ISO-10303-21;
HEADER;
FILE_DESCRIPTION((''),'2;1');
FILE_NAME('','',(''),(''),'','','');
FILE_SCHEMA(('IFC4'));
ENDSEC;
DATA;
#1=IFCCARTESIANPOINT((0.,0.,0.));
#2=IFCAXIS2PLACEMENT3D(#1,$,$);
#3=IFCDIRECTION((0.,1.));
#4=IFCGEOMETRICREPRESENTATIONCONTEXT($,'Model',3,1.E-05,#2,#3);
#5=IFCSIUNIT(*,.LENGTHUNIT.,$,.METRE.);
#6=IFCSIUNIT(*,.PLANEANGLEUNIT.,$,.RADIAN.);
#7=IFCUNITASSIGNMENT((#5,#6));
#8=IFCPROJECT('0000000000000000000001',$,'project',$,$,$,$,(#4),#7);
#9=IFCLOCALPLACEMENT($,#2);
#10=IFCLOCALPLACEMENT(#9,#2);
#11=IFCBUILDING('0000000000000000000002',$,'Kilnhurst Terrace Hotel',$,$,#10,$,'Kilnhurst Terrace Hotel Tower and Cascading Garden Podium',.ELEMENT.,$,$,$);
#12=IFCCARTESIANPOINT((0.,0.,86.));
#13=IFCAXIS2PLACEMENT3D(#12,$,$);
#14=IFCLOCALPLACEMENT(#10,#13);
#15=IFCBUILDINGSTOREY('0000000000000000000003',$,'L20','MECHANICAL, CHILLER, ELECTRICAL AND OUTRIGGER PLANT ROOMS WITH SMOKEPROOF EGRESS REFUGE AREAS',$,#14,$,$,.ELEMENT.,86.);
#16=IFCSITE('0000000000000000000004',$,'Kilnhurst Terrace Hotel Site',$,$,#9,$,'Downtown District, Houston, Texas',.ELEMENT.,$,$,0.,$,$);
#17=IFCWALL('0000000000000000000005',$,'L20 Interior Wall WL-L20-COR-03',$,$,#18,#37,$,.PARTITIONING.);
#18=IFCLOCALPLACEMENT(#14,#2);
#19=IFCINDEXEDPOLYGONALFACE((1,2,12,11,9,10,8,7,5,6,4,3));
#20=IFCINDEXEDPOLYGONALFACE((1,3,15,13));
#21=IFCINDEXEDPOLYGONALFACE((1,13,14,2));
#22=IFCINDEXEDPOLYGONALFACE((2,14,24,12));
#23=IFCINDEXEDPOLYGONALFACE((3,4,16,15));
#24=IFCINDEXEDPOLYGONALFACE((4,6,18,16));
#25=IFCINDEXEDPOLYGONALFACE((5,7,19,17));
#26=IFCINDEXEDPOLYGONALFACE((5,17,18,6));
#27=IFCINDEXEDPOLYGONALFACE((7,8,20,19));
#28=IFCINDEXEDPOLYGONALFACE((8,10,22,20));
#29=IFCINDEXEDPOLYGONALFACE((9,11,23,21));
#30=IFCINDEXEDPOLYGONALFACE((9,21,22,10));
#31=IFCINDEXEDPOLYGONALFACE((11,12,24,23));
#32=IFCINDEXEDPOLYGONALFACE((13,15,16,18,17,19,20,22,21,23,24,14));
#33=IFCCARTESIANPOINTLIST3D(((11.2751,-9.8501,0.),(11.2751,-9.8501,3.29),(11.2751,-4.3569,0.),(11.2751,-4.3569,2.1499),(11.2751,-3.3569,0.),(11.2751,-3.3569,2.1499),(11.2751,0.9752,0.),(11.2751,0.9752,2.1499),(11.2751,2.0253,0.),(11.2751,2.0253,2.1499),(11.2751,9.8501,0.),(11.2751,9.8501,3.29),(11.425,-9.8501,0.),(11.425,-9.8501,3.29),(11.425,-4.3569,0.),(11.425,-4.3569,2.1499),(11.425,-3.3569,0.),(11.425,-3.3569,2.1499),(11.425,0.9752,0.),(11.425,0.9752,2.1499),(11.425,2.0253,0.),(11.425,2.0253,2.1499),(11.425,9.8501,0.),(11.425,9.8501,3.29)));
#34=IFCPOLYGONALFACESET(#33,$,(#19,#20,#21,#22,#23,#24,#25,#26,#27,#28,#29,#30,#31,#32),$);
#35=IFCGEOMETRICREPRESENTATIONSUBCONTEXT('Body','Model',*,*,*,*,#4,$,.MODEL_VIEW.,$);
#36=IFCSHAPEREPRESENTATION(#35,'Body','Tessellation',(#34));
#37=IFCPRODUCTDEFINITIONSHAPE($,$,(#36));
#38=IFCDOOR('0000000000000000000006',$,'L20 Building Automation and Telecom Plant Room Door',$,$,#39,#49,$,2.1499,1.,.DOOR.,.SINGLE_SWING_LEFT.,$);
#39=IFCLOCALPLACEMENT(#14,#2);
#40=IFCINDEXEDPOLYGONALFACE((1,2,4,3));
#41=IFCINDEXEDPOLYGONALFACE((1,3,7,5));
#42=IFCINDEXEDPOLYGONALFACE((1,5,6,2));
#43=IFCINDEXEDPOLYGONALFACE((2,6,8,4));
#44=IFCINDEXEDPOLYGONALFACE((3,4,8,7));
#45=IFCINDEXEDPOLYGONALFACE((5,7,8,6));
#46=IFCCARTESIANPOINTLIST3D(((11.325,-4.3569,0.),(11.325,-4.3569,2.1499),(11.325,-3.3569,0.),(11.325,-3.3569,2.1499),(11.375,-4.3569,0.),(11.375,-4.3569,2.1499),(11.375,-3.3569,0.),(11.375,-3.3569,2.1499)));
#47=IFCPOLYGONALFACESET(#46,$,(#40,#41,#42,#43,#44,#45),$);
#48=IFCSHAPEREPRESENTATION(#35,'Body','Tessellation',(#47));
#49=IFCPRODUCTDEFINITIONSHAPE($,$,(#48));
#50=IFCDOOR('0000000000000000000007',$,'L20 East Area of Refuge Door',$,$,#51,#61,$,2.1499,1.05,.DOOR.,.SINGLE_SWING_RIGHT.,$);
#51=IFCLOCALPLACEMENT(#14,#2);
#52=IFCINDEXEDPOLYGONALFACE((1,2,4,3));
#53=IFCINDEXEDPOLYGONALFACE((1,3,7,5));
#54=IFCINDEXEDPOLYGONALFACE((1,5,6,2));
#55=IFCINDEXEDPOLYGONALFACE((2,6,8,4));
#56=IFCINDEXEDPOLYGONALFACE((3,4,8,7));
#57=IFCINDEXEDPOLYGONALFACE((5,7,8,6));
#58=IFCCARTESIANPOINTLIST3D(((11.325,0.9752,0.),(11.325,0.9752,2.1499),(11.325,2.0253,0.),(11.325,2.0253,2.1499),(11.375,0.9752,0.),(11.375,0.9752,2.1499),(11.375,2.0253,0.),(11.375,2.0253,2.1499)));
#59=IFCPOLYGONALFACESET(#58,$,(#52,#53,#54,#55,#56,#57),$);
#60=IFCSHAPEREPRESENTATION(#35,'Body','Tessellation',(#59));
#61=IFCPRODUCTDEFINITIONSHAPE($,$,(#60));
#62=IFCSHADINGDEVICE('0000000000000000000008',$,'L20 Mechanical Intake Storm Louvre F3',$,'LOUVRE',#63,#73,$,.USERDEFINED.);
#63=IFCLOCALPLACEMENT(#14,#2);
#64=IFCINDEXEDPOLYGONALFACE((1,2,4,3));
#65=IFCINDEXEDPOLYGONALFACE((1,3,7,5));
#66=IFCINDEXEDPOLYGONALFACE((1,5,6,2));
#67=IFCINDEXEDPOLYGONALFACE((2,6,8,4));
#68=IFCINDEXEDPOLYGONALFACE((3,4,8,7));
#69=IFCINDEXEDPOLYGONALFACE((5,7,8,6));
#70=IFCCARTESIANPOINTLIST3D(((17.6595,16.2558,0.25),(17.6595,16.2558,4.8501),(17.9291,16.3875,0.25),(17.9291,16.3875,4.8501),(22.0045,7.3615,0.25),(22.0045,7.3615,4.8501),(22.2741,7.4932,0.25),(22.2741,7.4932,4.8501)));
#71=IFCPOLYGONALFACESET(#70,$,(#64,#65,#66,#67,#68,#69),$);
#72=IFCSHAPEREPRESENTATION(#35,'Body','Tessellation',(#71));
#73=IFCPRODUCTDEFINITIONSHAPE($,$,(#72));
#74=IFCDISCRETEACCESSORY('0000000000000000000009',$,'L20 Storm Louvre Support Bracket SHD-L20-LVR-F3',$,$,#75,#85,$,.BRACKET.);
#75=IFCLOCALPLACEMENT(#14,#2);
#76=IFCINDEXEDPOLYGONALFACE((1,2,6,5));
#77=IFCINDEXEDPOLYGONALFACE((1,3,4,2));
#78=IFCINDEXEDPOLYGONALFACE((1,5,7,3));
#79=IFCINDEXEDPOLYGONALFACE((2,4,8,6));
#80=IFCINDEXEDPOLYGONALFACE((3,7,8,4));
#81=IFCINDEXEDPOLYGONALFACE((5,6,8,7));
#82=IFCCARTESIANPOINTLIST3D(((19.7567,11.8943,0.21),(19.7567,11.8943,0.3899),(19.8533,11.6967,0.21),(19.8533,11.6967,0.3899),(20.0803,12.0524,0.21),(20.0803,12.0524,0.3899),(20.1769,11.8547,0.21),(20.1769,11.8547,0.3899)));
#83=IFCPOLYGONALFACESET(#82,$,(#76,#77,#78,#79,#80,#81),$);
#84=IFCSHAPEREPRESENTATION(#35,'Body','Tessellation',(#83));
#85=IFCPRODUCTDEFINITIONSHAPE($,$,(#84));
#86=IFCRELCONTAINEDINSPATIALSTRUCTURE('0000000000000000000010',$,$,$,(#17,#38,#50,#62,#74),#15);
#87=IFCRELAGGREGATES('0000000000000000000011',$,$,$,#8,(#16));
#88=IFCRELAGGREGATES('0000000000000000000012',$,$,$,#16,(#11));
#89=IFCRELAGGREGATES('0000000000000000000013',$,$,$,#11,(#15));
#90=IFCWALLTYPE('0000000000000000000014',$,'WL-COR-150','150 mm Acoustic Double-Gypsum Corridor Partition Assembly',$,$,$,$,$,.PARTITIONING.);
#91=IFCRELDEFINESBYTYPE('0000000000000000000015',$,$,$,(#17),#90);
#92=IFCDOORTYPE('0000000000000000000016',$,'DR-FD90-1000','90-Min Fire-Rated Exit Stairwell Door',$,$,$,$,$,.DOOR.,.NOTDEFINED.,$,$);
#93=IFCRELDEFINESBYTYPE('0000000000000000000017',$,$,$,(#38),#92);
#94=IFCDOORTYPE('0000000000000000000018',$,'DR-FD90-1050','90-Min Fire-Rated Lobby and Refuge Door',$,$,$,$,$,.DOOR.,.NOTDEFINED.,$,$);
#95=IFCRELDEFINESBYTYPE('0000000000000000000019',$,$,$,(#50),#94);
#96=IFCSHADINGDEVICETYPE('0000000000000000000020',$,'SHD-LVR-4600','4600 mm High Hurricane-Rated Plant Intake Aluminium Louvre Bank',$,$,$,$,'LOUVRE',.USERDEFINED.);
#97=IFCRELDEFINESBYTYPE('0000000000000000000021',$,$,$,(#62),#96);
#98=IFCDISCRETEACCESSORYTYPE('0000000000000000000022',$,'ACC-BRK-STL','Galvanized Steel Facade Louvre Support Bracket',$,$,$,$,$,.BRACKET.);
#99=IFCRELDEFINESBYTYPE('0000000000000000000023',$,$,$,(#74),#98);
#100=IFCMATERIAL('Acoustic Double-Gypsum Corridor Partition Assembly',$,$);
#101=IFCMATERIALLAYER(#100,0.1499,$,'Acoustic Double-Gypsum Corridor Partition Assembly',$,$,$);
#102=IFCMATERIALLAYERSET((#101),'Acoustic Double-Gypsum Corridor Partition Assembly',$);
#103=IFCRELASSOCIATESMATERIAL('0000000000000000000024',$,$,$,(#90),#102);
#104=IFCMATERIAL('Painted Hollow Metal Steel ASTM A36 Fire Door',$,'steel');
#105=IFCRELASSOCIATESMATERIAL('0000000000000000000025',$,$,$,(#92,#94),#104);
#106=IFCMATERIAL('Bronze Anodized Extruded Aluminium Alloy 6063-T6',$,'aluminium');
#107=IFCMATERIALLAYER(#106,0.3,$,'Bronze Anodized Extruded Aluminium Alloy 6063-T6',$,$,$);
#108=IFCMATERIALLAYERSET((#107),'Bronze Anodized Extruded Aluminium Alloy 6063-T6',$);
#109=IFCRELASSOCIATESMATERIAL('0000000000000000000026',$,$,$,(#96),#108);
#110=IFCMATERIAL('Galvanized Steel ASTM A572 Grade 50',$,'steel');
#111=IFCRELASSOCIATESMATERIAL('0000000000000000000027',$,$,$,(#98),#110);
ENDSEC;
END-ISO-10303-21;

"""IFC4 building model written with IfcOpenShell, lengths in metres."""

from ifc_helpers import new_model, si_unit, direction, frame, frame_2d, origin, origin_2d, place, context, subcontext, project, spatial, rectangle, extrude, material, layer, layer_set, type_object, element, fill, save


model = new_model("IFC4")

# Units and contexts
model_context = context("Model", 3, precision=1e-05, world=origin(), true_north=direction((0.0, 1.0)))
body_context = subcontext(model_context, "Body", "Model", "MODEL_VIEW")
ifc_project = project(units=[si_unit("LENGTHUNIT", "METRE"), si_unit("PLANEANGLEUNIT", "RADIAN")], contexts=[model_context])

# Site, building, storey
site_placement = place(None, origin())
site = spatial("IfcSite", under=ifc_project, at=site_placement, Name="Kilnhurst Terrace Hotel Site", LongName="Downtown District, Houston, Texas", CompositionType="ELEMENT", RefElevation=0.0)
building_placement = place(site_placement, origin())
building = spatial("IfcBuilding", under=site, at=building_placement, Name="Kilnhurst Terrace Hotel", LongName="Kilnhurst Terrace Hotel Tower and Cascading Garden Podium", CompositionType="ELEMENT")
storey_placement = place(building_placement, frame((0.0, 0.0, 86.0)))
storey = spatial("IfcBuildingStorey", under=building, at=storey_placement, Name="L20", Description="MECHANICAL, CHILLER, ELECTRICAL AND OUTRIGGER PLANT ROOMS WITH SMOKEPROOF EGRESS REFUGE AREAS", CompositionType="ELEMENT", Elevation=86.0)

# Wall, openings, doors
ifc_material_1 = material(Name="Acoustic Double-Gypsum Corridor Partition Assembly")
ifc_layer_1 = layer(ifc_material_1, 0.1499, Name="Acoustic Double-Gypsum Corridor Partition Assembly")
ifc_layer_set_1 = layer_set([ifc_layer_1], Name="Acoustic Double-Gypsum Corridor Partition Assembly")
wall_type_1 = type_object("IfcWallType", Name="WL-COR-150", Description="150 mm Acoustic Double-Gypsum Corridor Partition Assembly", PredefinedType="PARTITIONING", material=ifc_layer_set_1)
wall_1_placement = place(storey_placement, frame((11.3501, 9.8501, 0.0), z_axis=(0.0, 0.0, 1.0), x_axis=(0.0, -1.0, 0.0)))
wall_1 = element("IfcWall", 1, at=wall_1_placement, inside=storey, type_object=wall_type_1, Name="L20 Interior Wall WL-L20-COR-03", PredefinedType="PARTITIONING", context=body_context, shape_type="SweptSolid", body=[
    extrude(rectangle(XDim=19.7002, YDim=0.1499, at=frame_2d((9.8501, 0.0))), origin(), (0.0, 0.0, 1.0), 3.29),
])
opening_1_placement = place(wall_1_placement, frame((7.825, 0.0, 0.0)))
opening_1 = element("IfcOpeningElement", 2, at=opening_1_placement, cuts=wall_1, PredefinedType="OPENING", context=body_context, shape_type="SweptSolid", body=[
    extrude(rectangle(XDim=1.05, YDim=2.1499, at=frame_2d((0.5249, 1.075))), frame((0.0, 0.085, 0.0), z_axis=(0.0, -1.0, 0.0), x_axis=(1.0, 0.0, 0.0)), (0.0, 0.0, 1.0), 0.1699),
])
opening_2_placement = place(wall_1_placement, frame((13.207, 0.0, 0.0)))
opening_2 = element("IfcOpeningElement", 3, at=opening_2_placement, cuts=wall_1, PredefinedType="OPENING", context=body_context, shape_type="SweptSolid", body=[
    extrude(rectangle(XDim=1.0, YDim=2.1499, at=frame_2d((0.5, 1.075))), frame((0.0, 0.085, 0.0), z_axis=(0.0, -1.0, 0.0), x_axis=(1.0, 0.0, 0.0)), (0.0, 0.0, 1.0), 0.1699),
])
ifc_material_2 = material(Name="Painted Hollow Metal Steel ASTM A36 Fire Door", Category="steel")
door_type_1 = type_object("IfcDoorType", Name="DR-FD90-1000", Description="90-Min Fire-Rated Exit Stairwell Door", OperationType="NOTDEFINED", PredefinedType="DOOR", material=ifc_material_2)
door_1_placement = place(opening_2_placement, origin())
door_1 = element("IfcDoor", 4, at=door_1_placement, inside=storey, type_object=door_type_1, Name="L20 Building Automation and Telecom Plant Room Door", OperationType="SINGLE_SWING_LEFT", OverallHeight=2.1499, OverallWidth=1.0, PredefinedType="DOOR", context=body_context, shape_type="SweptSolid", body=[
    extrude(rectangle(XDim=1.0, YDim=2.1499, at=frame_2d((0.5, 1.075))), frame((0.0, 0.0249, 0.0), z_axis=(0.0, -1.0, 0.0), x_axis=(1.0, 0.0, 0.0)), (0.0, 0.0, 1.0), 0.05),
])
fill(opening_2, door_1)
door_type_2 = type_object("IfcDoorType", Name="DR-FD90-1050", Description="90-Min Fire-Rated Lobby and Refuge Door", OperationType="NOTDEFINED", PredefinedType="DOOR", material=ifc_material_2)
door_2_placement = place(opening_1_placement, origin())
door_2 = element("IfcDoor", 5, at=door_2_placement, inside=storey, type_object=door_type_2, Name="L20 East Area of Refuge Door", OperationType="SINGLE_SWING_RIGHT", OverallHeight=2.1499, OverallWidth=1.05, PredefinedType="DOOR", context=body_context, shape_type="SweptSolid", body=[
    extrude(rectangle(XDim=1.05, YDim=2.1499, at=frame_2d((0.5249, 1.075))), frame((0.0, 0.0249, 0.0), z_axis=(0.0, -1.0, 0.0), x_axis=(1.0, 0.0, 0.0)), (0.0, 0.0, 1.0), 0.05),
])
fill(opening_1, door_2)

# Shading device
ifc_material_3 = material(Name="Bronze Anodized Extruded Aluminium Alloy 6063-T6", Category="aluminium")
ifc_layer_2 = layer(ifc_material_3, 0.3, Name="Bronze Anodized Extruded Aluminium Alloy 6063-T6")
ifc_layer_set_2 = layer_set([ifc_layer_2], Name="Bronze Anodized Extruded Aluminium Alloy 6063-T6")
shading_device_type = type_object("IfcShadingDeviceType", Name="SHD-LVR-4600", Description="4600 mm High Hurricane-Rated Plant Intake Aluminium Louvre Bank", ElementType="LOUVRE", PredefinedType="USERDEFINED", material=ifc_layer_set_2)
shading_device_placement = place(storey_placement, frame((19.9668, 11.8745, 0.25), z_axis=(0.0, 0.0, 1.0), x_axis=(-0.438936, 0.898518, 0.0)))
element("IfcShadingDevice", 6, at=shading_device_placement, inside=storey, type_object=shading_device_type, Name="L20 Mechanical Intake Storm Louvre F3", ObjectType="LOUVRE", PredefinedType="USERDEFINED", context=body_context, shape_type="SweptSolid", body=[
    extrude(rectangle(XDim=9.8989, YDim=0.3, at=origin_2d()), origin(), (0.0, 0.0, 1.0), 4.6001),
])

# Discrete accessory
ifc_material_4 = material(Name="Galvanized Steel ASTM A572 Grade 50", Category="steel")
discrete_accessory_type = type_object("IfcDiscreteAccessoryType", Name="ACC-BRK-STL", Description="Galvanized Steel Facade Louvre Support Bracket", PredefinedType="BRACKET", material=ifc_material_4)
discrete_accessory_placement = place(storey_placement, frame((19.9668, 11.8745, 0.21), z_axis=(0.0, 0.0, 1.0), x_axis=(-0.438936, 0.898518, 0.0)))
element("IfcDiscreteAccessory", 7, at=discrete_accessory_placement, inside=storey, type_object=discrete_accessory_type, Name="L20 Storm Louvre Support Bracket SHD-L20-LVR-F3", PredefinedType="BRACKET", context=body_context, shape_type="SweptSolid", body=[
    extrude(rectangle(XDim=0.22, YDim=0.3601, at=origin_2d()), origin(), (0.0, 0.0, 1.0), 0.1799),
])

save(model, "model.ifc")
